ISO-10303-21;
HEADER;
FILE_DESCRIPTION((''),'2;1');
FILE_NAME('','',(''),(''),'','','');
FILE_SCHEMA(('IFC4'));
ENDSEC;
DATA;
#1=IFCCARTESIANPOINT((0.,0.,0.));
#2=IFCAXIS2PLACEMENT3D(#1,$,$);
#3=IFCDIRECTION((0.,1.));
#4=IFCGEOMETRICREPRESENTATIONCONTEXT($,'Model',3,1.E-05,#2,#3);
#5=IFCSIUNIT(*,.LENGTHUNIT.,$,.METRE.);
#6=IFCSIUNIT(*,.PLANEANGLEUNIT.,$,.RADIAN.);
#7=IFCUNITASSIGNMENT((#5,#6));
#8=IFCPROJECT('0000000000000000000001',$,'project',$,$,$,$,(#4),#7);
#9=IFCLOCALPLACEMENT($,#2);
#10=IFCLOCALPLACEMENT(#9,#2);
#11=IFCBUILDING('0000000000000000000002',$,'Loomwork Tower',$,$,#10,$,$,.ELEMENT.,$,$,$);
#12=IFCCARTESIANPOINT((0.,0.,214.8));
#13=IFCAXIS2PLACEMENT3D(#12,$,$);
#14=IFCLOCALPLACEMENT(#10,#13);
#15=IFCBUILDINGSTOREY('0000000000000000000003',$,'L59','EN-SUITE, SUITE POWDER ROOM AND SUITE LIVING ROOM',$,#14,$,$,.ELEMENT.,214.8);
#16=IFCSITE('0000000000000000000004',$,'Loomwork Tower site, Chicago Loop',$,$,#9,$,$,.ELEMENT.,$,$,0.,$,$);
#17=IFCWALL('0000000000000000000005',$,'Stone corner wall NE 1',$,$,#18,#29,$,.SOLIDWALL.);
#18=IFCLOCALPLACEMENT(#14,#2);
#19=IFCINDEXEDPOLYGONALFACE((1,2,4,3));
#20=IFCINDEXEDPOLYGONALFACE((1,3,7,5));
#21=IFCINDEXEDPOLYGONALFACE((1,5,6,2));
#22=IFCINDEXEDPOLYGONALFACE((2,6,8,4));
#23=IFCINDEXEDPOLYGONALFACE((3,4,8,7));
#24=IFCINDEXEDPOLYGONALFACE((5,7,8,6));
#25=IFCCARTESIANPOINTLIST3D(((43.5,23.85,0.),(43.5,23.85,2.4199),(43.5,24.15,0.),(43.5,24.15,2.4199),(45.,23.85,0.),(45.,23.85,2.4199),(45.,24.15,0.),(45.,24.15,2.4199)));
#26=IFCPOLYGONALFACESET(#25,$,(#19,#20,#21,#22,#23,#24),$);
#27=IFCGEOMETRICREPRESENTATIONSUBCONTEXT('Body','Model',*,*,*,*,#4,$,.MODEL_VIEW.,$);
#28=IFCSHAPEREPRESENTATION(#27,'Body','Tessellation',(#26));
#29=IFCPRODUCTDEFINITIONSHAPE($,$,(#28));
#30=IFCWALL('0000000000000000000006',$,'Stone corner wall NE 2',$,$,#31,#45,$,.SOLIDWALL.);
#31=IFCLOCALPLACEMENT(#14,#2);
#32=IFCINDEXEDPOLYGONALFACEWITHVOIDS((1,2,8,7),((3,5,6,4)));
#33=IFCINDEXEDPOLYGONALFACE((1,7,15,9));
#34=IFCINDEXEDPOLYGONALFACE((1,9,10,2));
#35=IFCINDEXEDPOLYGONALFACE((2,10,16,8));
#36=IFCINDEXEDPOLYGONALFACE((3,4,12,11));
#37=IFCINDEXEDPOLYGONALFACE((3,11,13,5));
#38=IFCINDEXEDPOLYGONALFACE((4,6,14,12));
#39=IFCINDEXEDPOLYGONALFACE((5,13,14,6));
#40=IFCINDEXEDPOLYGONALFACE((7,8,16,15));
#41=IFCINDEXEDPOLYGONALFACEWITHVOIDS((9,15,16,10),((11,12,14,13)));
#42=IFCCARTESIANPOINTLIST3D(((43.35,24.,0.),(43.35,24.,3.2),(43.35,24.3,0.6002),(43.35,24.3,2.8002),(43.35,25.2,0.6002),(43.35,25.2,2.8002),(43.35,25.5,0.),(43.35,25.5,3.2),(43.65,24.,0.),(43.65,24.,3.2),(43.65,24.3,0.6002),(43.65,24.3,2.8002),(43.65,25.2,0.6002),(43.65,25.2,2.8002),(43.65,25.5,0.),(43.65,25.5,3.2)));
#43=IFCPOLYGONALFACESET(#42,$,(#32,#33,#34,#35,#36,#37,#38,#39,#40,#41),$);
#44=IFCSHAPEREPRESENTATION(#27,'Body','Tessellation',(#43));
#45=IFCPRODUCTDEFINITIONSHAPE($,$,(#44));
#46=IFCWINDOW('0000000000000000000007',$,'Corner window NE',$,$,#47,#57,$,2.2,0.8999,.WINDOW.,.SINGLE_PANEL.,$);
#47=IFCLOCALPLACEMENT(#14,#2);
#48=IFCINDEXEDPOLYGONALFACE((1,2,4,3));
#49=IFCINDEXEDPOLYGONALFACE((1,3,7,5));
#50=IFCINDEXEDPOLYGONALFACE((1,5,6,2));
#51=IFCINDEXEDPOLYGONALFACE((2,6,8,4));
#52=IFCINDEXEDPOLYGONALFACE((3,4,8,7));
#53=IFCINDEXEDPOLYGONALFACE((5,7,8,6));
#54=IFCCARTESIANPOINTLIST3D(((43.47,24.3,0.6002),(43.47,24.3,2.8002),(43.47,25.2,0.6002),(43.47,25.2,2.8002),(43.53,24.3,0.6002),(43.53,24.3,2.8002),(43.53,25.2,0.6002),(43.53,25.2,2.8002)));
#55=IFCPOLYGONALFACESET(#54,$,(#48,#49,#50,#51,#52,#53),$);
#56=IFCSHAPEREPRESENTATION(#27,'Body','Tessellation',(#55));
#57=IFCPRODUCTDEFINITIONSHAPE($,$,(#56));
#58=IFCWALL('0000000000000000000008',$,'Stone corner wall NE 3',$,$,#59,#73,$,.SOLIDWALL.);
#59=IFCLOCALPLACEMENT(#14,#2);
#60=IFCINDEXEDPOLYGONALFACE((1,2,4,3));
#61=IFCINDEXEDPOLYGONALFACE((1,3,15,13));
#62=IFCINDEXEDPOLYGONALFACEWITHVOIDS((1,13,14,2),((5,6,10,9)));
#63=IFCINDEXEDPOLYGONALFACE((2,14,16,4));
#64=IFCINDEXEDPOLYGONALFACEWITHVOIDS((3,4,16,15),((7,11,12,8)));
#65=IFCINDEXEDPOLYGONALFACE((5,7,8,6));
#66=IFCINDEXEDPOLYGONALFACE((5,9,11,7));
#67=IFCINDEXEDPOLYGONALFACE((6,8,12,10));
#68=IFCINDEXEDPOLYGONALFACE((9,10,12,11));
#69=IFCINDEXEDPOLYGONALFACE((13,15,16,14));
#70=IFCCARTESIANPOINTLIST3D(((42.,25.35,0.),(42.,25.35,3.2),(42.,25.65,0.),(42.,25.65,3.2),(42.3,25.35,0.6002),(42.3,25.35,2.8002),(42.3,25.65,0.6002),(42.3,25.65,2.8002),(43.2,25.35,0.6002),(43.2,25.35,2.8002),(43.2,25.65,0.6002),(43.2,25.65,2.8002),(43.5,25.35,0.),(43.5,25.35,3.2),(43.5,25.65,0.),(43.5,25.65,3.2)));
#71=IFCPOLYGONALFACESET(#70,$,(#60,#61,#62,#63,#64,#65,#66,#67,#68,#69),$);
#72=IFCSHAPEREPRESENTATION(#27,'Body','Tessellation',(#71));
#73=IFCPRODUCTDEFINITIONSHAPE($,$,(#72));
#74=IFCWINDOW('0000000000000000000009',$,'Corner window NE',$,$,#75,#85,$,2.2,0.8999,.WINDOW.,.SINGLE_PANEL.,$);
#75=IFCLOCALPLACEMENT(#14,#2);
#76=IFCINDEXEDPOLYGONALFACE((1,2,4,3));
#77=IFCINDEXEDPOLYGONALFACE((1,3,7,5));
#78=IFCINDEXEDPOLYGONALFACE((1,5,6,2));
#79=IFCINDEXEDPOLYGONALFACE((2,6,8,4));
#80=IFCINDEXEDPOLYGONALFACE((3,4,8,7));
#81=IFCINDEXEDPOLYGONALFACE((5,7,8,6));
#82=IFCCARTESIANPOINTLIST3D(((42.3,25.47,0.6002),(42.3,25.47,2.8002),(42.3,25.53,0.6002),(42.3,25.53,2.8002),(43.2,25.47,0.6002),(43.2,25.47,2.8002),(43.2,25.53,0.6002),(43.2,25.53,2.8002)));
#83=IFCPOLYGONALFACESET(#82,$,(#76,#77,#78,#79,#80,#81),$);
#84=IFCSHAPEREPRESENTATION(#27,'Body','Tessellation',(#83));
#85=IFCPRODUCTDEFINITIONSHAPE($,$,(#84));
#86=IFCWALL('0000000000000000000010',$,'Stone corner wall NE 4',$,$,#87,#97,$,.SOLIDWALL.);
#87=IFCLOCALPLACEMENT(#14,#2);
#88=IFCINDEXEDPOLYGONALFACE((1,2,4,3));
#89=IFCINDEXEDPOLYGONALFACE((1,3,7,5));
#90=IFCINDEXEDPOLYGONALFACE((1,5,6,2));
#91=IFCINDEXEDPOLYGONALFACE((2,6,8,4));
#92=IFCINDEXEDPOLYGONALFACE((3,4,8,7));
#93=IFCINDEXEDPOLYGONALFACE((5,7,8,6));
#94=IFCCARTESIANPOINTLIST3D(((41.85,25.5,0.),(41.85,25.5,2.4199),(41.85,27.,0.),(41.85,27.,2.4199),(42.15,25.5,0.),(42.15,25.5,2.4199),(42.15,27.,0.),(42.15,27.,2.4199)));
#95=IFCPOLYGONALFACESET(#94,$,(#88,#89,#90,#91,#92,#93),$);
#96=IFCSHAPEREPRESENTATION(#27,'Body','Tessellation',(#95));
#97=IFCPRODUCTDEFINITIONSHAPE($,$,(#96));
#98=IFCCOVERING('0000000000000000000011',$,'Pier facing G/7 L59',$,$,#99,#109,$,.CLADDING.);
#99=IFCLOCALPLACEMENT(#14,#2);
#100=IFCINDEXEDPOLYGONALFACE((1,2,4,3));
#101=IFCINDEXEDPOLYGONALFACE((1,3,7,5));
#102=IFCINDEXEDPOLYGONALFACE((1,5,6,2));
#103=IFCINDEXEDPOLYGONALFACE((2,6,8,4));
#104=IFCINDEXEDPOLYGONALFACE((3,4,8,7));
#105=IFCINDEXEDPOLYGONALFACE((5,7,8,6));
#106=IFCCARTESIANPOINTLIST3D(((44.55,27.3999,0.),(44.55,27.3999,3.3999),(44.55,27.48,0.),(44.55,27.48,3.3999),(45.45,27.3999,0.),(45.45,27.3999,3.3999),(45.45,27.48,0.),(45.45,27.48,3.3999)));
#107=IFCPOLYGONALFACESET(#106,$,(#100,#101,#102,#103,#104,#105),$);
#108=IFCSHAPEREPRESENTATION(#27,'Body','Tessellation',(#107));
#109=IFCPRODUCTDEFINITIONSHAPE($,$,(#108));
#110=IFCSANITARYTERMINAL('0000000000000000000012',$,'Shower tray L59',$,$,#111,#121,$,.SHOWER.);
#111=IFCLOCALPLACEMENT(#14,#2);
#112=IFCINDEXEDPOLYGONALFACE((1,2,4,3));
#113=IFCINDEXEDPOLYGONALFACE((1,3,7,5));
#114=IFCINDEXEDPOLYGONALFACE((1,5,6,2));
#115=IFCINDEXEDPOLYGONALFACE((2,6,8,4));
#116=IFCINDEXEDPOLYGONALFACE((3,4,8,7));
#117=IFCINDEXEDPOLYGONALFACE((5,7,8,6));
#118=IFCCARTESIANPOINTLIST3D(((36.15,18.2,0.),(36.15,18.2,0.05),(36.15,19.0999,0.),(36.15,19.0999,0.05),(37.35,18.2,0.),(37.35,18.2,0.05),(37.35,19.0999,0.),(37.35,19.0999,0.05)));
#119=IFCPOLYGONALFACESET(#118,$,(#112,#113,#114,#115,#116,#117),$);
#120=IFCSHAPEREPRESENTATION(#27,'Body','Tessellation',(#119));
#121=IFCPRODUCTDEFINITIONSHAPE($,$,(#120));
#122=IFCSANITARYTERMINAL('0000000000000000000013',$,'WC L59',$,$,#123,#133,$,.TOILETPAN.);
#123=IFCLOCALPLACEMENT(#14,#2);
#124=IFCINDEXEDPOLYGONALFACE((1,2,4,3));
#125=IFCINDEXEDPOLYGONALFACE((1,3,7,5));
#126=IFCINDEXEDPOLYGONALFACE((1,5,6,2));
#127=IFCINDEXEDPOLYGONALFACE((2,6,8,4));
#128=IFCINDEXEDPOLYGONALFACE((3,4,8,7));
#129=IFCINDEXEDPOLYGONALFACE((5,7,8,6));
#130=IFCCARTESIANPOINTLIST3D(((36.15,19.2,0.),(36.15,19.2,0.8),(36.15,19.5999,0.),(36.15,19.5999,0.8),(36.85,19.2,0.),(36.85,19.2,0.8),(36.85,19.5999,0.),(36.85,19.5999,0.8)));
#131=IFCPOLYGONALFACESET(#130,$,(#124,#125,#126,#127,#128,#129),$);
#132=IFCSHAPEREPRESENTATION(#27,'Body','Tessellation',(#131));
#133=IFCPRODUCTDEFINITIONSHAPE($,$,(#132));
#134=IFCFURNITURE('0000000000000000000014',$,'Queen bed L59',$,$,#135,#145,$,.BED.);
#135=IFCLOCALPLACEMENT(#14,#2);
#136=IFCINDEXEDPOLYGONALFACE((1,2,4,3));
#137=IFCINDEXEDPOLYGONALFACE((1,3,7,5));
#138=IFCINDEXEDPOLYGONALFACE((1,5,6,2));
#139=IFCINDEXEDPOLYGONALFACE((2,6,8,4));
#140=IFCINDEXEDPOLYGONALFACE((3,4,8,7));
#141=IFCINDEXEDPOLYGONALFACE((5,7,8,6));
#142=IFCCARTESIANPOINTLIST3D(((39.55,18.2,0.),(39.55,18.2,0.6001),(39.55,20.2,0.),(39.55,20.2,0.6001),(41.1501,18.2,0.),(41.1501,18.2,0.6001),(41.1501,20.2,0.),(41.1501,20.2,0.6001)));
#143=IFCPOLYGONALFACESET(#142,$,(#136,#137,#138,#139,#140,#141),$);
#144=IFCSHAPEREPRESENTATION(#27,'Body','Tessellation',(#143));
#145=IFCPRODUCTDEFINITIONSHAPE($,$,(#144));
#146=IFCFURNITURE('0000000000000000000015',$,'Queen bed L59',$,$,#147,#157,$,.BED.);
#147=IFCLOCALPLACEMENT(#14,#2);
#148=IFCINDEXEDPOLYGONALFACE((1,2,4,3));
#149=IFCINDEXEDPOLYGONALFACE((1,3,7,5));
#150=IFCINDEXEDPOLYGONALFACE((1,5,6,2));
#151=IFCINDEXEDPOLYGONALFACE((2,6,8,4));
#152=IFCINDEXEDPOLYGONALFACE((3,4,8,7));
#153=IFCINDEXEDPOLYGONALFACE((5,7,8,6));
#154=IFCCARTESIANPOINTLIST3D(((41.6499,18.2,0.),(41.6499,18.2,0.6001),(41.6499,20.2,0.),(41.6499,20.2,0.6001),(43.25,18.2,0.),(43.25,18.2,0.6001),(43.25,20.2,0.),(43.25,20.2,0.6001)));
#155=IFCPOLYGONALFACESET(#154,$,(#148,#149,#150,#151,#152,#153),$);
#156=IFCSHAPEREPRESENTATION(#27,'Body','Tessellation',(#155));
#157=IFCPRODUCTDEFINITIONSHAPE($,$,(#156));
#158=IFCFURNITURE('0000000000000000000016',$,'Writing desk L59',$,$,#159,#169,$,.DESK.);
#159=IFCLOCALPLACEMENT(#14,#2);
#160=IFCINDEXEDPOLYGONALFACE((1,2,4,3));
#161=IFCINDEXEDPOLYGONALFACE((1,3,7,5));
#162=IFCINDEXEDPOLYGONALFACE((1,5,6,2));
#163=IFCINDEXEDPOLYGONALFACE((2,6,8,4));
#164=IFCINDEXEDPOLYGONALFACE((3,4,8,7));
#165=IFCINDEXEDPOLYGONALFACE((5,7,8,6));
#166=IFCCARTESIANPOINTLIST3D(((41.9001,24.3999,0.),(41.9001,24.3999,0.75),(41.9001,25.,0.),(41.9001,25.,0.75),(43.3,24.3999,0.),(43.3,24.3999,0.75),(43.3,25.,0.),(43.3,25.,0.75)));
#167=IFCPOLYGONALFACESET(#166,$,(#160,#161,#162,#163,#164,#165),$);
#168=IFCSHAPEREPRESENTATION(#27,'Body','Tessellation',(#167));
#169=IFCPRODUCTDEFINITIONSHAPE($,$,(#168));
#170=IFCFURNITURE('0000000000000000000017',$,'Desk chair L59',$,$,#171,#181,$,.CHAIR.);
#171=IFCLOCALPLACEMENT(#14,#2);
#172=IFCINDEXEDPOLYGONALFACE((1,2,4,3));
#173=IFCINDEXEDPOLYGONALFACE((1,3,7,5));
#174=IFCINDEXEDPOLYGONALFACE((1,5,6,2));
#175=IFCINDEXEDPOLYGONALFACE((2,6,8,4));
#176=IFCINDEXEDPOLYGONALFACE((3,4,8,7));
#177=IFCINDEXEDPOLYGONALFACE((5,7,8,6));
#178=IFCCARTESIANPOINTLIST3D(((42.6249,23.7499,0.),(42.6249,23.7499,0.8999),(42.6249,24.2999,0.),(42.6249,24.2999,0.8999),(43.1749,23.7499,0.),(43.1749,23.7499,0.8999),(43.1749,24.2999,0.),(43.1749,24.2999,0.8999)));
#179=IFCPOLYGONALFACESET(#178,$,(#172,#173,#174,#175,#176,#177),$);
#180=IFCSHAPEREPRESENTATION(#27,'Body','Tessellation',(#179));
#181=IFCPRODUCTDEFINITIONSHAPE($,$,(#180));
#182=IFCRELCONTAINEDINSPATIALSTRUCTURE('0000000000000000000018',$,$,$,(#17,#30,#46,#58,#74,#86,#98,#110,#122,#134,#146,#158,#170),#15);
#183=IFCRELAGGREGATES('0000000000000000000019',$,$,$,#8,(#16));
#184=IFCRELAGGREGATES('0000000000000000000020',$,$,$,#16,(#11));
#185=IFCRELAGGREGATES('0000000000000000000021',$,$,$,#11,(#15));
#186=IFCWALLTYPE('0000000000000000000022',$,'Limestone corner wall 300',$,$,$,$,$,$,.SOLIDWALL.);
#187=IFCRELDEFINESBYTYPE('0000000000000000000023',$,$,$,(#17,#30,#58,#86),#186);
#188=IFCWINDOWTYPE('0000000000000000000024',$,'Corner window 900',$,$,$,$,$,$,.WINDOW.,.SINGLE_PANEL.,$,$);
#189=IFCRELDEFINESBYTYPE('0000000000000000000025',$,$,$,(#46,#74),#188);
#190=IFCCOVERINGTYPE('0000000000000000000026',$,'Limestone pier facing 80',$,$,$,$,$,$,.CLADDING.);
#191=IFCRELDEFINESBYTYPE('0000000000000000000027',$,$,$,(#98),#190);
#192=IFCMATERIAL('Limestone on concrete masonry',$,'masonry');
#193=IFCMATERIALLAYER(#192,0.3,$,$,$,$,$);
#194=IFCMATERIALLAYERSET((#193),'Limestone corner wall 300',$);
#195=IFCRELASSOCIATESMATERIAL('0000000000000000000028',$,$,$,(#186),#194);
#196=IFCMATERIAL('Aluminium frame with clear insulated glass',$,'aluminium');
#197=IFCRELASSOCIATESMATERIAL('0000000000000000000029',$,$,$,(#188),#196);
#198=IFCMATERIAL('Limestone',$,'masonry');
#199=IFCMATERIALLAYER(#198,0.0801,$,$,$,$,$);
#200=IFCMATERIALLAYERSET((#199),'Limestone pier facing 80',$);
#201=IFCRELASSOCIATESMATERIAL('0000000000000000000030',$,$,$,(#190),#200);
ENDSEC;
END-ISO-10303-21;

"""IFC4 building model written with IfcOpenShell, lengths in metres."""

from ifc_helpers import new_model, si_unit, direction, frame, frame_2d, origin, origin_2d, place, context, subcontext, project, spatial, rectangle, extrude, material, layer, layer_set, type_object, element, fill, save


model = new_model("IFC4")

# Units and contexts
model_context = context("Model", 3, precision=1e-05, world=origin(), true_north=direction((0.0, 1.0)))
body_context = subcontext(model_context, "Body", "Model", "MODEL_VIEW")
ifc_project = project(units=[si_unit("LENGTHUNIT", "METRE"), si_unit("PLANEANGLEUNIT", "RADIAN")], contexts=[model_context])

# Site, building, storey
site_placement = place(None, origin())
site = spatial("IfcSite", under=ifc_project, at=site_placement, Name="Loomwork Tower site, Chicago Loop", CompositionType="ELEMENT", RefElevation=0.0)
building_placement = place(site_placement, origin())
building = spatial("IfcBuilding", under=site, at=building_placement, Name="Loomwork Tower", CompositionType="ELEMENT")
storey_placement = place(building_placement, frame((0.0, 0.0, 214.8)))
storey = spatial("IfcBuildingStorey", under=building, at=storey_placement, Name="L59", Description="EN-SUITE, SUITE POWDER ROOM AND SUITE LIVING ROOM", CompositionType="ELEMENT", Elevation=214.8)

# Wall
ifc_material_1 = material(Name="Limestone on concrete masonry", Category="masonry")
ifc_layer_1 = layer(ifc_material_1, 0.3)
ifc_layer_set_1 = layer_set([ifc_layer_1], Name="Limestone corner wall 300")
wall_type = type_object("IfcWallType", Name="Limestone corner wall 300", PredefinedType="SOLIDWALL", material=ifc_layer_set_1)
wall_1_placement = place(storey_placement, frame((45.0, 24.0, 0.0), z_axis=(0.0, 0.0, 1.0), x_axis=(-1.0, 0.0, 0.0)))
element("IfcWall", 1, at=wall_1_placement, inside=storey, type_object=wall_type, Name="Stone corner wall NE 1", PredefinedType="SOLIDWALL", context=body_context, shape_type="SweptSolid", body=[
    extrude(rectangle(XDim=1.5, YDim=0.3, at=frame_2d((0.75, 0.0))), origin(), (0.0, 0.0, 1.0), 2.4199),
])

# Walls, openings, windows
wall_2_placement = place(storey_placement, frame((43.5, 24.0, 0.0), z_axis=(0.0, 0.0, 1.0), x_axis=(0.0, 1.0, 0.0)))
wall_2 = element("IfcWall", 2, at=wall_2_placement, inside=storey, type_object=wall_type, Name="Stone corner wall NE 2", PredefinedType="SOLIDWALL", context=body_context, shape_type="SweptSolid", body=[
    extrude(rectangle(XDim=1.5, YDim=0.3, at=frame_2d((0.75, 0.0))), origin(), (0.0, 0.0, 1.0), 3.2),
])
opening_1_placement = place(wall_2_placement, frame((0.3, 0.0, 0.6001)))
opening_1 = element("IfcOpeningElement", 3, at=opening_1_placement, cuts=wall_2, PredefinedType="OPENING", context=body_context, shape_type="SweptSolid", body=[
    extrude(rectangle(XDim=0.8999, YDim=2.2, at=frame_2d((0.45, 1.1001))), frame((0.0, 0.1599, 0.0), z_axis=(0.0, -1.0, 0.0), x_axis=(1.0, 0.0, 0.0)), (0.0, 0.0, 1.0), 0.3201),
])
ifc_material_2 = material(Name="Aluminium frame with clear insulated glass", Category="aluminium")
window_type = type_object("IfcWindowType", Name="Corner window 900", PartitioningType="SINGLE_PANEL", PredefinedType="WINDOW", material=ifc_material_2)
window_1_placement = place(opening_1_placement, origin())
window_1 = element("IfcWindow", 4, at=window_1_placement, inside=storey, type_object=window_type, Name="Corner window NE", OverallHeight=2.2, OverallWidth=0.8999, PartitioningType="SINGLE_PANEL", PredefinedType="WINDOW", context=body_context, shape_type="SweptSolid", body=[
    extrude(rectangle(XDim=0.8999, YDim=2.2, at=frame_2d((0.45, 1.1001))), frame((0.0, 0.03, 0.0), z_axis=(0.0, -1.0, 0.0), x_axis=(1.0, 0.0, 0.0)), (0.0, 0.0, 1.0), 0.0601),
])
fill(opening_1, window_1)
wall_3_placement = place(storey_placement, frame((43.5, 25.5, 0.0), z_axis=(0.0, 0.0, 1.0), x_axis=(-1.0, 0.0, 0.0)))
wall_3 = element("IfcWall", 5, at=wall_3_placement, inside=storey, type_object=wall_type, Name="Stone corner wall NE 3", PredefinedType="SOLIDWALL", context=body_context, shape_type="SweptSolid", body=[
    extrude(rectangle(XDim=1.5, YDim=0.3, at=frame_2d((0.75, 0.0))), origin(), (0.0, 0.0, 1.0), 3.2),
])
opening_2_placement = place(wall_3_placement, frame((0.3, 0.0, 0.6001)))
opening_2 = element("IfcOpeningElement", 6, at=opening_2_placement, cuts=wall_3, PredefinedType="OPENING", context=body_context, shape_type="SweptSolid", body=[
    extrude(rectangle(XDim=0.8999, YDim=2.2, at=frame_2d((0.45, 1.1001))), frame((0.0, 0.1599, 0.0), z_axis=(0.0, -1.0, 0.0), x_axis=(1.0, 0.0, 0.0)), (0.0, 0.0, 1.0), 0.3201),
])
window_2_placement = place(opening_2_placement, origin())
window_2 = element("IfcWindow", 7, at=window_2_placement, inside=storey, type_object=window_type, Name="Corner window NE", OverallHeight=2.2, OverallWidth=0.8999, PartitioningType="SINGLE_PANEL", PredefinedType="WINDOW", context=body_context, shape_type="SweptSolid", body=[
    extrude(rectangle(XDim=0.8999, YDim=2.2, at=frame_2d((0.45, 1.1001))), frame((0.0, 0.03, 0.0), z_axis=(0.0, -1.0, 0.0), x_axis=(1.0, 0.0, 0.0)), (0.0, 0.0, 1.0), 0.0601),
])
fill(opening_2, window_2)

# Wall
wall_4_placement = place(storey_placement, frame((42.0, 25.5, 0.0), z_axis=(0.0, 0.0, 1.0), x_axis=(0.0, 1.0, 0.0)))
element("IfcWall", 8, at=wall_4_placement, inside=storey, type_object=wall_type, Name="Stone corner wall NE 4", PredefinedType="SOLIDWALL", context=body_context, shape_type="SweptSolid", body=[
    extrude(rectangle(XDim=1.5, YDim=0.3, at=frame_2d((0.75, 0.0))), origin(), (0.0, 0.0, 1.0), 2.4199),
])

# Covering
ifc_material_3 = material(Name="Limestone", Category="masonry")
ifc_layer_2 = layer(ifc_material_3, 0.0801)
ifc_layer_set_2 = layer_set([ifc_layer_2], Name="Limestone pier facing 80")
covering_type = type_object("IfcCoveringType", Name="Limestone pier facing 80", PredefinedType="CLADDING", material=ifc_layer_set_2)
covering_placement = place(storey_placement, frame((45.0, 27.4399, 0.0), z_axis=(0.0, 0.0, 1.0), x_axis=(1.0, 0.0, 0.0)))
element("IfcCovering", 9, at=covering_placement, inside=storey, type_object=covering_type, Name="Pier facing G/7 L59", PredefinedType="CLADDING", context=body_context, shape_type="SweptSolid", body=[
    extrude(rectangle(XDim=0.8999, YDim=0.0801, at=origin_2d()), origin(), (0.0, 0.0, 1.0), 3.3999),
])

# Sanitary terminals
sanitary_terminal_1_placement = place(storey_placement, frame((36.75, 18.6499, 0.0), z_axis=(0.0, 0.0, 1.0), x_axis=(1.0, 0.0, 0.0)))
element("IfcSanitaryTerminal", 10, at=sanitary_terminal_1_placement, inside=storey, Name="Shower tray L59", PredefinedType="SHOWER", context=body_context, shape_type="SweptSolid", body=[
    extrude(rectangle(XDim=1.2, YDim=0.8999, at=origin_2d()), origin(), (0.0, 0.0, 1.0), 0.05),
])
sanitary_terminal_2_placement = place(storey_placement, frame((36.5, 19.3999, 0.0), z_axis=(0.0, 0.0, 1.0), x_axis=(1.0, 0.0, 0.0)))
element("IfcSanitaryTerminal", 11, at=sanitary_terminal_2_placement, inside=storey, Name="WC L59", PredefinedType="TOILETPAN", context=body_context, shape_type="SweptSolid", body=[
    extrude(rectangle(XDim=0.7, YDim=0.3999, at=origin_2d()), origin(), (0.0, 0.0, 1.0), 0.8),
])

# Furniture
for number, where, z_axis, x_axis, name in (
    (12, (40.3501, 19.2, 0.0), (0.0, 0.0, 1.0), (1.0, 0.0, 0.0), "Queen bed L59"),
    (13, (42.45, 19.2, 0.0), (0.0, 0.0, 1.0), (1.0, 0.0, 0.0), "Queen bed L59"),
):
    element("IfcFurniture", number, at=place(storey_placement, frame(where, z_axis=z_axis, x_axis=x_axis)), inside=storey, Name=name, PredefinedType="BED", context=body_context, shape_type="SweptSolid", body=[
        extrude(rectangle(XDim=1.6001, YDim=2.0, at=origin_2d()), origin(), (0.0, 0.0, 1.0), 0.6001),
    ])
furniture_1_placement = place(storey_placement, frame((42.6001, 24.7, 0.0), z_axis=(0.0, 0.0, 1.0), x_axis=(1.0, 0.0, 0.0)))
element("IfcFurniture", 14, at=furniture_1_placement, inside=storey, Name="Writing desk L59", PredefinedType="DESK", context=body_context, shape_type="SweptSolid", body=[
    extrude(rectangle(XDim=1.3999, YDim=0.6001, at=origin_2d()), origin(), (0.0, 0.0, 1.0), 0.75),
])
furniture_2_placement = place(storey_placement, frame((42.8999, 24.0249, 0.0), z_axis=(0.0, 0.0, 1.0), x_axis=(1.0, 0.0, 0.0)))
element("IfcFurniture", 15, at=furniture_2_placement, inside=storey, Name="Desk chair L59", PredefinedType="CHAIR", context=body_context, shape_type="SweptSolid", body=[
    extrude(rectangle(XDim=0.55, YDim=0.55, at=origin_2d()), origin(), (0.0, 0.0, 1.0), 0.8999),
])

save(model, "model.ifc")
